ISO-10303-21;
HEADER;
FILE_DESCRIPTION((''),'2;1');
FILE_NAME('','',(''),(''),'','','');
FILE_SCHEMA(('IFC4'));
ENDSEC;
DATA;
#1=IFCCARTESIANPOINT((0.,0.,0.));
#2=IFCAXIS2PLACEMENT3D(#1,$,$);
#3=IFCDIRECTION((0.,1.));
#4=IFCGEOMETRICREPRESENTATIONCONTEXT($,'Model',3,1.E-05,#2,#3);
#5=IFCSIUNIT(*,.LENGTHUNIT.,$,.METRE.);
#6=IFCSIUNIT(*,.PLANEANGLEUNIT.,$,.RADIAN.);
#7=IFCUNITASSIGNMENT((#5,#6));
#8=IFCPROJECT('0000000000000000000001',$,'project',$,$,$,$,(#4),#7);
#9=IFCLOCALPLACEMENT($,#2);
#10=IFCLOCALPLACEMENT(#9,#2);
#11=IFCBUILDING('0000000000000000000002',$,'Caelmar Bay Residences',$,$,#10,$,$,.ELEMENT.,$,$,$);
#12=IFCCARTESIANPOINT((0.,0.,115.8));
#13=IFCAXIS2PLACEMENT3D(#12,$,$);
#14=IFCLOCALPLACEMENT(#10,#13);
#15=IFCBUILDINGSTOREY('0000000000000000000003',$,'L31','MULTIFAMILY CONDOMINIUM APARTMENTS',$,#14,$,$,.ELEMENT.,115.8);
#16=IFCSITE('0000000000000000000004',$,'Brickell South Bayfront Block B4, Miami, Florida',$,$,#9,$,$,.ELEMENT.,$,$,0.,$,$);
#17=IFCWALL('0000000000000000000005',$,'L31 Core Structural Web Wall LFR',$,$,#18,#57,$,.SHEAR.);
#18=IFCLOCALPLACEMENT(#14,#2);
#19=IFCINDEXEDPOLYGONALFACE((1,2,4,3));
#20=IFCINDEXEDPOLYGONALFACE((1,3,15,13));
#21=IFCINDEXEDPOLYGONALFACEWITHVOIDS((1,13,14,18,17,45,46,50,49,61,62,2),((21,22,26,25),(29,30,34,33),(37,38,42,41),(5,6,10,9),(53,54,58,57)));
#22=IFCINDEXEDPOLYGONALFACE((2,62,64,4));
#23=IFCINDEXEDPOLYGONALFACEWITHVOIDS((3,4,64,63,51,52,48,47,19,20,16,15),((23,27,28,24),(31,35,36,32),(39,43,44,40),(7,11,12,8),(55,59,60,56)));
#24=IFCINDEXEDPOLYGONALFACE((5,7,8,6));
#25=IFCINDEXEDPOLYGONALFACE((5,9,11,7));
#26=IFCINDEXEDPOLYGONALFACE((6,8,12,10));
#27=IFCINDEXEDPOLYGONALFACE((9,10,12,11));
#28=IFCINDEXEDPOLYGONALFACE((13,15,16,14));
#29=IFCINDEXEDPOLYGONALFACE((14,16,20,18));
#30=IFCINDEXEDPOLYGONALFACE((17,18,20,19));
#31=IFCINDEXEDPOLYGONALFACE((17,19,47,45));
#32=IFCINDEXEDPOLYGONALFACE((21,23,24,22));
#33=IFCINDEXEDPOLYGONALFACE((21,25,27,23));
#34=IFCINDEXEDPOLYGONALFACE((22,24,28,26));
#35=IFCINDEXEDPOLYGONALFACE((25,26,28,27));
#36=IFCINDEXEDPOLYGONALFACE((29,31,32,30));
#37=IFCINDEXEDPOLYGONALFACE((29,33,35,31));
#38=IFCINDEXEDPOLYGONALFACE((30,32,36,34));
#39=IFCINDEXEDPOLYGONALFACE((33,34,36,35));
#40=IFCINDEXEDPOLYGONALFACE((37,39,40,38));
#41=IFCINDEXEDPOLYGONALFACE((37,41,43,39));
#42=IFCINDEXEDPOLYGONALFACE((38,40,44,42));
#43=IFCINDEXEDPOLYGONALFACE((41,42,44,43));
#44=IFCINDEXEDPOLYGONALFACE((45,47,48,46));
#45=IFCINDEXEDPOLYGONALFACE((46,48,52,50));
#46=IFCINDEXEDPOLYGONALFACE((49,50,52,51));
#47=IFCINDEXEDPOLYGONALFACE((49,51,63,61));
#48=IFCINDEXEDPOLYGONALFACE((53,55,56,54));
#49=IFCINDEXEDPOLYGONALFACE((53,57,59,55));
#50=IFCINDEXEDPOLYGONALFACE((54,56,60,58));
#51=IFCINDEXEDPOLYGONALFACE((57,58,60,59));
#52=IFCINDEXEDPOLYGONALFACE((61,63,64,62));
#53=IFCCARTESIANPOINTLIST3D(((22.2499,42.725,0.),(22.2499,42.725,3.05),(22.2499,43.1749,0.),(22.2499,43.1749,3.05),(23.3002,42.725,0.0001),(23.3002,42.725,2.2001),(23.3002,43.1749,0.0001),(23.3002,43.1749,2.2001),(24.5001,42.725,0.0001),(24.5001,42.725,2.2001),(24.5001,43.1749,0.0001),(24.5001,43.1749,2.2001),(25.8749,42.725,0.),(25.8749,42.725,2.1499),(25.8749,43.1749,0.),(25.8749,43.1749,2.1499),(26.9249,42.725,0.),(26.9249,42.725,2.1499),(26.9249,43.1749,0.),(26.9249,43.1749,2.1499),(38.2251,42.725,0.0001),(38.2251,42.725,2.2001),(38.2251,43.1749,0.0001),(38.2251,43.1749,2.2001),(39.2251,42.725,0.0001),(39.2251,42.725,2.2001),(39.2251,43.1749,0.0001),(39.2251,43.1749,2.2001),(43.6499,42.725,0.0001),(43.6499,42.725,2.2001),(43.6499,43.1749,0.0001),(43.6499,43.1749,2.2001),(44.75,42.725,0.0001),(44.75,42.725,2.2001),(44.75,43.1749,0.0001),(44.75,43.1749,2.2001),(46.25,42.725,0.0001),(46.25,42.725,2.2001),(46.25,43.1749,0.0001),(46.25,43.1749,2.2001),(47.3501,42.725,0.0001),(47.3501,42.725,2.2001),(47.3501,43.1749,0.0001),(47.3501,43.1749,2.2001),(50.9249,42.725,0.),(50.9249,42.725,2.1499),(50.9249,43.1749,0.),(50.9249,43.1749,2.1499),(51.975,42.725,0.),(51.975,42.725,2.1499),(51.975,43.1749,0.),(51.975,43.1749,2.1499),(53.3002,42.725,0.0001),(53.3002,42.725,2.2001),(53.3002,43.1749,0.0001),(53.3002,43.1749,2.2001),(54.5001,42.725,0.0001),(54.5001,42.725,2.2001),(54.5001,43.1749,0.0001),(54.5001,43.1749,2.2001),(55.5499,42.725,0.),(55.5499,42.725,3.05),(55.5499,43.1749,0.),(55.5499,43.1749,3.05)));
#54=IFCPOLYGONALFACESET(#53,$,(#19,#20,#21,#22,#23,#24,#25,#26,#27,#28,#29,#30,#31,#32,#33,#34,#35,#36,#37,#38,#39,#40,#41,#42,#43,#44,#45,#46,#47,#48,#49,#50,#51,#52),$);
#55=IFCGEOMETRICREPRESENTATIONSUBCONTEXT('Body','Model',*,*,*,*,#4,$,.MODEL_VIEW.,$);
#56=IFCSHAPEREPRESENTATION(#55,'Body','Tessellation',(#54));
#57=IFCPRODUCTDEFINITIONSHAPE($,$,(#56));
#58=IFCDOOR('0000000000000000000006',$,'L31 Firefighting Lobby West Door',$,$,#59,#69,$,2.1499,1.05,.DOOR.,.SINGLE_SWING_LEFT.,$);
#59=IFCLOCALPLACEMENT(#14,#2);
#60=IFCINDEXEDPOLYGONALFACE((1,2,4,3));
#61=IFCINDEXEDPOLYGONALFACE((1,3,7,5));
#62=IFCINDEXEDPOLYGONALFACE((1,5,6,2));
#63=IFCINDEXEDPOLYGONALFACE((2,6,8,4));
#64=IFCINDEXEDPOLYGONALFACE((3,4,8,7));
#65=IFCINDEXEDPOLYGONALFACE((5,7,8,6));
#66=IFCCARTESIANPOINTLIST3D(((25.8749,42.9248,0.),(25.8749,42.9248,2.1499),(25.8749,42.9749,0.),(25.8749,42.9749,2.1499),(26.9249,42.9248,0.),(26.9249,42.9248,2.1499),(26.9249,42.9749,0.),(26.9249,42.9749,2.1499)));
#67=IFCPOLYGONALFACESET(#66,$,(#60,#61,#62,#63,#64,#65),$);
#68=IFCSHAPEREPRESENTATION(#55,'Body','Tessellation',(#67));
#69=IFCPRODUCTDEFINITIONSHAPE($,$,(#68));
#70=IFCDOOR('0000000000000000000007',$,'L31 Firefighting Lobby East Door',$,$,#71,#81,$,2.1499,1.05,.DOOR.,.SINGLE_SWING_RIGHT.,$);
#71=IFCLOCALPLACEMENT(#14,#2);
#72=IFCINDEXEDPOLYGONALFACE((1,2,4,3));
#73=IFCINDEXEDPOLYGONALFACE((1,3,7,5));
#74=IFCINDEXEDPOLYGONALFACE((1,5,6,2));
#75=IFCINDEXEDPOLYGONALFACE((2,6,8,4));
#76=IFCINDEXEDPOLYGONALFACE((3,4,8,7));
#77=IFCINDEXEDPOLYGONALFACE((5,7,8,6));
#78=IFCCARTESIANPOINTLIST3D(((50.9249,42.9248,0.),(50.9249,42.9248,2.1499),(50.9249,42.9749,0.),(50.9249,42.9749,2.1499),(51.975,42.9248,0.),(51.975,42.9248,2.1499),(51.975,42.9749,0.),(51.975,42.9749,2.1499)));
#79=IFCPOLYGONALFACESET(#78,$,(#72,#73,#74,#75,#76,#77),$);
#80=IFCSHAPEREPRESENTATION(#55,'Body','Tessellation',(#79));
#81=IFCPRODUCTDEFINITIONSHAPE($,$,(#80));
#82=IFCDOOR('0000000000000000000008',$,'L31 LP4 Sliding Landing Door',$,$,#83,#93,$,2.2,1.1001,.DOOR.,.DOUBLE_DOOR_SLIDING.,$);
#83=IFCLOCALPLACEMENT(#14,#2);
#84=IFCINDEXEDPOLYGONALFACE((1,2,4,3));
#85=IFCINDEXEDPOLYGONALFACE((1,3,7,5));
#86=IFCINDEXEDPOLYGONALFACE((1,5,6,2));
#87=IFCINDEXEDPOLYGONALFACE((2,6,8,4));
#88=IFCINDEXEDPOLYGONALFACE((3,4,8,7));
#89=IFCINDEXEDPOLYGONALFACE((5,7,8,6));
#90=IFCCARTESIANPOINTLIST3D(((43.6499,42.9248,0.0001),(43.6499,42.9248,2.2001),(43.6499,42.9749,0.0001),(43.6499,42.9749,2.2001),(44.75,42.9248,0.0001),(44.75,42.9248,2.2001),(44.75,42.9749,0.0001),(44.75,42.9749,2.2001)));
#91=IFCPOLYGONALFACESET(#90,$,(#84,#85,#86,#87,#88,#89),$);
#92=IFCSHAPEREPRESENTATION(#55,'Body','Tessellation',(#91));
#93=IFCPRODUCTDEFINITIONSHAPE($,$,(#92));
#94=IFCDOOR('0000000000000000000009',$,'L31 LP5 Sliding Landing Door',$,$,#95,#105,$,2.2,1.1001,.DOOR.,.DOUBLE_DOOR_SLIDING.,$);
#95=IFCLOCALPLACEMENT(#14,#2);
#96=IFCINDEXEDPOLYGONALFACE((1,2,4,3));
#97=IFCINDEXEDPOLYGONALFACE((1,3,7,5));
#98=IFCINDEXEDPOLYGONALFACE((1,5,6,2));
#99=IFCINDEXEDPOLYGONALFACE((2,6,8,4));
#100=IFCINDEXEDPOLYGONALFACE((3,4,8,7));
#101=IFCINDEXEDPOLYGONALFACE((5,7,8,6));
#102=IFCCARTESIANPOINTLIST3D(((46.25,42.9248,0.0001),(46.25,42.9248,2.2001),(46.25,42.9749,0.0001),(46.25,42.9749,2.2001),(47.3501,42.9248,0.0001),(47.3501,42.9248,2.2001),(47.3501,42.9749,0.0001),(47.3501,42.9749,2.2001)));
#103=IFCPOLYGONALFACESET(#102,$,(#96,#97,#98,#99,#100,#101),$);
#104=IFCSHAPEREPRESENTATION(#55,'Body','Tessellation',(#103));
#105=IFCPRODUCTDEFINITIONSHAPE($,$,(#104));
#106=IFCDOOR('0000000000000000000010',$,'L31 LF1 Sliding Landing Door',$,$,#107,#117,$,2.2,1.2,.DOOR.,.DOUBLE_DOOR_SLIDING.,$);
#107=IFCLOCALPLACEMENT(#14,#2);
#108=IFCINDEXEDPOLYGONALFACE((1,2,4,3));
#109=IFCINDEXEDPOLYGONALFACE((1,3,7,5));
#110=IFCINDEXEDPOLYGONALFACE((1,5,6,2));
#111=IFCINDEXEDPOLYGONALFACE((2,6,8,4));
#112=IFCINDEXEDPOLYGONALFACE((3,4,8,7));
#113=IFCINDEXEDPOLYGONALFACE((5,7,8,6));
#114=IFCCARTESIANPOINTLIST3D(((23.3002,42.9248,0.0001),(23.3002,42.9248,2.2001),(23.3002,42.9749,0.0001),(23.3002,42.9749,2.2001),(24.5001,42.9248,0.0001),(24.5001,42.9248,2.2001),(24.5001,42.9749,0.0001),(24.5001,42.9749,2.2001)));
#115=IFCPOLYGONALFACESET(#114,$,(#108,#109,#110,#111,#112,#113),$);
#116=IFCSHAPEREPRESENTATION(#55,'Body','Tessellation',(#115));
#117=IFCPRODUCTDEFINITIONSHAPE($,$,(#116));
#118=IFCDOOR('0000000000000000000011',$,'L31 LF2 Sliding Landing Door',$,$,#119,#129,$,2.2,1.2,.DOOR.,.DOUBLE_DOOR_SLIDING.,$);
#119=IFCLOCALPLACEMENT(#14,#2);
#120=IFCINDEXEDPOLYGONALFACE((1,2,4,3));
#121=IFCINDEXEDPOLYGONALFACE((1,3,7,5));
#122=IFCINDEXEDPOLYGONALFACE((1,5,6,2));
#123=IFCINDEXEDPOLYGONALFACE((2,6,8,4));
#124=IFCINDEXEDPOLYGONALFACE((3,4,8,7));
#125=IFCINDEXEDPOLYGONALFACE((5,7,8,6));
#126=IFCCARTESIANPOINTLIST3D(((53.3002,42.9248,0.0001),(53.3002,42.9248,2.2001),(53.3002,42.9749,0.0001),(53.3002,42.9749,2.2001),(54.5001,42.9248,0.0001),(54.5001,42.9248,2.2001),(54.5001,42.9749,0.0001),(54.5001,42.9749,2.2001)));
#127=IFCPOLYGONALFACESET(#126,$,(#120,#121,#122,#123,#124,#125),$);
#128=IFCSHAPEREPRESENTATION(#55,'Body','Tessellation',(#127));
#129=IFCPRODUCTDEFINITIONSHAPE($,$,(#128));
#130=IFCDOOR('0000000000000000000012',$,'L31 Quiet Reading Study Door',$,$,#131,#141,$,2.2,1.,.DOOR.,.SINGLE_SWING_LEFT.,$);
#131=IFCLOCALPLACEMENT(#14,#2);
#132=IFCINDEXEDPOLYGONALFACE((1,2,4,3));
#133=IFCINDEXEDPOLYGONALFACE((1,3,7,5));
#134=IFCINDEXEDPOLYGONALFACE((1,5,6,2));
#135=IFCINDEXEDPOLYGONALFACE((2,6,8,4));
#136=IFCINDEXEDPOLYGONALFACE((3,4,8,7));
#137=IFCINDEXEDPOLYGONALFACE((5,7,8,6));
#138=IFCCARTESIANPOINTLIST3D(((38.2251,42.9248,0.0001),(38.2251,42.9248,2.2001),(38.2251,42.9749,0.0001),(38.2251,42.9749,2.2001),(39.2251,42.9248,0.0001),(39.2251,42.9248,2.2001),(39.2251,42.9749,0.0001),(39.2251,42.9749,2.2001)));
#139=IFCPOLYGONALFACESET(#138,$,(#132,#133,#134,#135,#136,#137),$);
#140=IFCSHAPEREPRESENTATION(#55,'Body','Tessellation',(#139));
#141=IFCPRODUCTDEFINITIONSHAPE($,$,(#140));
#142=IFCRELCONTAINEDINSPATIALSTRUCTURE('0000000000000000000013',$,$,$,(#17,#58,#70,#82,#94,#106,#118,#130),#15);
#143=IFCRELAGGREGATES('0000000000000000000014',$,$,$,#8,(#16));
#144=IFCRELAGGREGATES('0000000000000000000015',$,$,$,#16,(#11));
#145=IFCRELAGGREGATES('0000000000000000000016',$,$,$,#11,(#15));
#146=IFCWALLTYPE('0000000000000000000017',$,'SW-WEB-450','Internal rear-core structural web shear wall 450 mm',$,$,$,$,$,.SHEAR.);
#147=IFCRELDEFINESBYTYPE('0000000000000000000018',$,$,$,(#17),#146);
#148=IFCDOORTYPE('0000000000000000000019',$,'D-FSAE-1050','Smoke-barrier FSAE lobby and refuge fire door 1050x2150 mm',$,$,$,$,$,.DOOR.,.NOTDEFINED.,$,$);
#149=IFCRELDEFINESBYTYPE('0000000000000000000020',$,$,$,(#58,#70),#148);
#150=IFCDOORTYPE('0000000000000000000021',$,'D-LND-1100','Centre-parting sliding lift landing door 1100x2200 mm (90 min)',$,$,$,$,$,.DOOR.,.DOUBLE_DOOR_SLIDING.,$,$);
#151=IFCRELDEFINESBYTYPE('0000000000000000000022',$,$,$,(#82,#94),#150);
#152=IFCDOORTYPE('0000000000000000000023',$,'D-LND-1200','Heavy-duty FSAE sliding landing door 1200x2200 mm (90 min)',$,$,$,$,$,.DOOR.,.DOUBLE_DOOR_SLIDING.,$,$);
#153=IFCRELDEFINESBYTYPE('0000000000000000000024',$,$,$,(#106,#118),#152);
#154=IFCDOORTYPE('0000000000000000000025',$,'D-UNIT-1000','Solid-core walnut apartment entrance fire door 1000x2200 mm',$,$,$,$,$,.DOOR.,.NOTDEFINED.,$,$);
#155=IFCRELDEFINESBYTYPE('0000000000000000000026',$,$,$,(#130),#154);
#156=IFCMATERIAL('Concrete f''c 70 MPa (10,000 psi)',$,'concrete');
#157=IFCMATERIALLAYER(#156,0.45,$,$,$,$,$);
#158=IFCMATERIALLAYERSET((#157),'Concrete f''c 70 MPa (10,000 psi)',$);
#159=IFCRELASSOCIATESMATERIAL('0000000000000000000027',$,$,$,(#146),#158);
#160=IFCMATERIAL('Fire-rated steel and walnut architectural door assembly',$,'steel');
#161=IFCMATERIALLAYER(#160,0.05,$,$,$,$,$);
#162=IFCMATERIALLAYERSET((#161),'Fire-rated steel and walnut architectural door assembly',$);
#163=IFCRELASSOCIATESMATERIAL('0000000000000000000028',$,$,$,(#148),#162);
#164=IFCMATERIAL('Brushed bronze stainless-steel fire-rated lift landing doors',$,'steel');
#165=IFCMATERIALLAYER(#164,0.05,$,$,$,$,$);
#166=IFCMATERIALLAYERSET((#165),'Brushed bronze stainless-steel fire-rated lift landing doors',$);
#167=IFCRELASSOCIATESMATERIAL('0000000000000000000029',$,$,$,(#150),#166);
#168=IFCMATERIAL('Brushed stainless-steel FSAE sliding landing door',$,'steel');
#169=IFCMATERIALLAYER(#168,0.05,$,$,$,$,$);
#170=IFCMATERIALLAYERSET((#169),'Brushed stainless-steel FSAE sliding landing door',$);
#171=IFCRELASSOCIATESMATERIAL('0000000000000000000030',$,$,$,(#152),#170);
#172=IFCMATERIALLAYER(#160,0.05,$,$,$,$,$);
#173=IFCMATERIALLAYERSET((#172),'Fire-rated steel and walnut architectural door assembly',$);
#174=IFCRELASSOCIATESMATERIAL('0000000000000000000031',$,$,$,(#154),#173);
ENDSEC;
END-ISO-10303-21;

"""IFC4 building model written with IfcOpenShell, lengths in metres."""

from ifc_helpers import new_model, si_unit, direction, frame, frame_2d, origin, place, context, subcontext, project, spatial, rectangle, extrude, material, layer, layer_set, type_object, element, fill, save


model = new_model("IFC4")

# Units and contexts
model_context = context("Model", 3, precision=1e-05, world=origin(), true_north=direction((0.0, 1.0)))
body_context = subcontext(model_context, "Body", "Model", "MODEL_VIEW")
ifc_project = project(units=[si_unit("LENGTHUNIT", "METRE"), si_unit("PLANEANGLEUNIT", "RADIAN")], contexts=[model_context])

# Site, building, storey
site_placement = place(None, origin())
site = spatial("IfcSite", under=ifc_project, at=site_placement, Name="Brickell South Bayfront Block B4, Miami, Florida", CompositionType="ELEMENT", RefElevation=0.0)
building_placement = place(site_placement, origin())
building = spatial("IfcBuilding", under=site, at=building_placement, Name="Caelmar Bay Residences", CompositionType="ELEMENT")
storey_placement = place(building_placement, frame((0.0, 0.0, 115.8)))
storey = spatial("IfcBuildingStorey", under=building, at=storey_placement, Name="L31", Description="MULTIFAMILY CONDOMINIUM APARTMENTS", CompositionType="ELEMENT", Elevation=115.8)

# Wall, openings, doors
ifc_material_1 = material(Name="Concrete f'c 70 MPa (10,000 psi)", Category="concrete")
ifc_layer_1 = layer(ifc_material_1, 0.45)
ifc_layer_set_1 = layer_set([ifc_layer_1], Name="Concrete f'c 70 MPa (10,000 psi)")
wall_type_1 = type_object("IfcWallType", Name="SW-WEB-450", Description="Internal rear-core structural web shear wall 450 mm", PredefinedType="SHEAR", material=ifc_layer_set_1)
wall_1_placement = place(storey_placement, frame((22.25, 42.95, 0.0), z_axis=(0.0, 0.0, 1.0), x_axis=(1.0, 0.0, 0.0)))
wall_1 = element("IfcWall", 1, at=wall_1_placement, inside=storey, type_object=wall_type_1, Name="L31 Core Structural Web Wall LFR", PredefinedType="SHEAR", context=body_context, shape_type="SweptSolid", body=[
    extrude(rectangle(XDim=33.3, YDim=0.45, at=frame_2d((16.6499, 0.0))), origin(), (0.0, 0.0, 1.0), 3.05),
])
opening_1_placement = place(wall_1_placement, frame((1.05, 0.0, 0.0)))
opening_1 = element("IfcOpeningElement", 2, at=opening_1_placement, cuts=wall_1, PredefinedType="OPENING", context=body_context, shape_type="SweptSolid", body=[
    extrude(rectangle(XDim=1.2, YDim=2.2, at=frame_2d((0.6001, 1.1001))), frame((0.0, 0.2349, 0.0), z_axis=(0.0, -1.0, 0.0), x_axis=(1.0, 0.0, 0.0)), (0.0, 0.0, 1.0), 0.47),
])
opening_2_placement = place(wall_1_placement, frame((31.05, 0.0, 0.0)))
opening_2 = element("IfcOpeningElement", 3, at=opening_2_placement, cuts=wall_1, PredefinedType="OPENING", context=body_context, shape_type="SweptSolid", body=[
    extrude(rectangle(XDim=1.2, YDim=2.2, at=frame_2d((0.6001, 1.1001))), frame((0.0, 0.2349, 0.0), z_axis=(0.0, -1.0, 0.0), x_axis=(1.0, 0.0, 0.0)), (0.0, 0.0, 1.0), 0.47),
])
opening_3_placement = place(wall_1_placement, frame((21.3999, 0.0, 0.0)))
opening_3 = element("IfcOpeningElement", 4, at=opening_3_placement, cuts=wall_1, PredefinedType="OPENING", context=body_context, shape_type="SweptSolid", body=[
    extrude(rectangle(XDim=1.1001, YDim=2.2, at=frame_2d((0.55, 1.1001))), frame((0.0, 0.2349, 0.0), z_axis=(0.0, -1.0, 0.0), x_axis=(1.0, 0.0, 0.0)), (0.0, 0.0, 1.0), 0.47),
])
opening_4_placement = place(wall_1_placement, frame((24.0, 0.0, 0.0)))
opening_4 = element("IfcOpeningElement", 5, at=opening_4_placement, cuts=wall_1, PredefinedType="OPENING", context=body_context, shape_type="SweptSolid", body=[
    extrude(rectangle(XDim=1.1001, YDim=2.2, at=frame_2d((0.55, 1.1001))), frame((0.0, 0.2349, 0.0), z_axis=(0.0, -1.0, 0.0), x_axis=(1.0, 0.0, 0.0)), (0.0, 0.0, 1.0), 0.47),
])
opening_5_placement = place(wall_1_placement, frame((3.625, 0.0, 0.0)))
opening_5 = element("IfcOpeningElement", 6, at=opening_5_placement, cuts=wall_1, PredefinedType="OPENING", context=body_context, shape_type="SweptSolid", body=[
    extrude(rectangle(XDim=1.05, YDim=2.1499, at=frame_2d((0.5249, 1.075))), frame((0.0, 0.2349, 0.0), z_axis=(0.0, -1.0, 0.0), x_axis=(1.0, 0.0, 0.0)), (0.0, 0.0, 1.0), 0.47),
])
opening_6_placement = place(wall_1_placement, frame((28.675, 0.0, 0.0)))
opening_6 = element("IfcOpeningElement", 7, at=opening_6_placement, cuts=wall_1, PredefinedType="OPENING", context=body_context, shape_type="SweptSolid", body=[
    extrude(rectangle(XDim=1.05, YDim=2.1499, at=frame_2d((0.5249, 1.075))), frame((0.0, 0.2349, 0.0), z_axis=(0.0, -1.0, 0.0), x_axis=(1.0, 0.0, 0.0)), (0.0, 0.0, 1.0), 0.47),
])
opening_7_placement = place(wall_1_placement, frame((15.9751, 0.0, 0.0)))
opening_7 = element("IfcOpeningElement", 8, at=opening_7_placement, cuts=wall_1, PredefinedType="OPENING", context=body_context, shape_type="SweptSolid", body=[
    extrude(rectangle(XDim=1.0, YDim=2.2, at=frame_2d((0.5, 1.1001))), frame((0.0, 0.2349, 0.0), z_axis=(0.0, -1.0, 0.0), x_axis=(1.0, 0.0, 0.0)), (0.0, 0.0, 1.0), 0.47),
])
ifc_material_2 = material(Name="Fire-rated steel and walnut architectural door assembly", Category="steel")
ifc_layer_2 = layer(ifc_material_2, 0.05)
ifc_layer_set_2 = layer_set([ifc_layer_2], Name="Fire-rated steel and walnut architectural door assembly")
door_type_1 = type_object("IfcDoorType", Name="D-FSAE-1050", Description="Smoke-barrier FSAE lobby and refuge fire door 1050x2150 mm", OperationType="NOTDEFINED", PredefinedType="DOOR", material=ifc_layer_set_2)
door_1_placement = place(opening_5_placement, origin())
door_1 = element("IfcDoor", 9, at=door_1_placement, inside=storey, type_object=door_type_1, Name="L31 Firefighting Lobby West Door", OperationType="SINGLE_SWING_LEFT", OverallHeight=2.1499, OverallWidth=1.05, PredefinedType="DOOR", context=body_context, shape_type="SweptSolid", body=[
    extrude(rectangle(XDim=1.05, YDim=2.1499, at=frame_2d((0.5249, 1.075))), frame((0.0, 0.0249, 0.0), z_axis=(0.0, -1.0, 0.0), x_axis=(1.0, 0.0, 0.0)), (0.0, 0.0, 1.0), 0.05),
])
fill(opening_5, door_1)
door_2_placement = place(opening_6_placement, origin())
door_2 = element("IfcDoor", 10, at=door_2_placement, inside=storey, type_object=door_type_1, Name="L31 Firefighting Lobby East Door", OperationType="SINGLE_SWING_RIGHT", OverallHeight=2.1499, OverallWidth=1.05, PredefinedType="DOOR", context=body_context, shape_type="SweptSolid", body=[
    extrude(rectangle(XDim=1.05, YDim=2.1499, at=frame_2d((0.5249, 1.075))), frame((0.0, 0.0249, 0.0), z_axis=(0.0, -1.0, 0.0), x_axis=(1.0, 0.0, 0.0)), (0.0, 0.0, 1.0), 0.05),
])
fill(opening_6, door_2)
ifc_material_3 = material(Name="Brushed bronze stainless-steel fire-rated lift landing doors", Category="steel")
ifc_layer_3 = layer(ifc_material_3, 0.05)
ifc_layer_set_3 = layer_set([ifc_layer_3], Name="Brushed bronze stainless-steel fire-rated lift landing doors")
door_type_2 = type_object("IfcDoorType", Name="D-LND-1100", Description="Centre-parting sliding lift landing door 1100x2200 mm (90 min)", OperationType="DOUBLE_DOOR_SLIDING", PredefinedType="DOOR", material=ifc_layer_set_3)
door_3_placement = place(opening_3_placement, origin())
door_3 = element("IfcDoor", 11, at=door_3_placement, inside=storey, type_object=door_type_2, Name="L31 LP4 Sliding Landing Door", OperationType="DOUBLE_DOOR_SLIDING", OverallHeight=2.2, OverallWidth=1.1001, PredefinedType="DOOR", context=body_context, shape_type="SweptSolid", body=[
    extrude(rectangle(XDim=1.1001, YDim=2.2, at=frame_2d((0.55, 1.1001))), frame((0.0, 0.0249, 0.0), z_axis=(0.0, -1.0, 0.0), x_axis=(1.0, 0.0, 0.0)), (0.0, 0.0, 1.0), 0.05),
])
fill(opening_3, door_3)
door_4_placement = place(opening_4_placement, origin())
door_4 = element("IfcDoor", 12, at=door_4_placement, inside=storey, type_object=door_type_2, Name="L31 LP5 Sliding Landing Door", OperationType="DOUBLE_DOOR_SLIDING", OverallHeight=2.2, OverallWidth=1.1001, PredefinedType="DOOR", context=body_context, shape_type="SweptSolid", body=[
    extrude(rectangle(XDim=1.1001, YDim=2.2, at=frame_2d((0.55, 1.1001))), frame((0.0, 0.0249, 0.0), z_axis=(0.0, -1.0, 0.0), x_axis=(1.0, 0.0, 0.0)), (0.0, 0.0, 1.0), 0.05),
])
fill(opening_4, door_4)
ifc_material_4 = material(Name="Brushed stainless-steel FSAE sliding landing door", Category="steel")
ifc_layer_4 = layer(ifc_material_4, 0.05)
ifc_layer_set_4 = layer_set([ifc_layer_4], Name="Brushed stainless-steel FSAE sliding landing door")
door_type_3 = type_object("IfcDoorType", Name="D-LND-1200", Description="Heavy-duty FSAE sliding landing door 1200x2200 mm (90 min)", OperationType="DOUBLE_DOOR_SLIDING", PredefinedType="DOOR", material=ifc_layer_set_4)
door_5_placement = place(opening_1_placement, origin())
door_5 = element("IfcDoor", 13, at=door_5_placement, inside=storey, type_object=door_type_3, Name="L31 LF1 Sliding Landing Door", OperationType="DOUBLE_DOOR_SLIDING", OverallHeight=2.2, OverallWidth=1.2, PredefinedType="DOOR", context=body_context, shape_type="SweptSolid", body=[
    extrude(rectangle(XDim=1.2, YDim=2.2, at=frame_2d((0.6001, 1.1001))), frame((0.0, 0.0249, 0.0), z_axis=(0.0, -1.0, 0.0), x_axis=(1.0, 0.0, 0.0)), (0.0, 0.0, 1.0), 0.05),
])
fill(opening_1, door_5)
door_6_placement = place(opening_2_placement, origin())
door_6 = element("IfcDoor", 14, at=door_6_placement, inside=storey, type_object=door_type_3, Name="L31 LF2 Sliding Landing Door", OperationType="DOUBLE_DOOR_SLIDING", OverallHeight=2.2, OverallWidth=1.2, PredefinedType="DOOR", context=body_context, shape_type="SweptSolid", body=[
    extrude(rectangle(XDim=1.2, YDim=2.2, at=frame_2d((0.6001, 1.1001))), frame((0.0, 0.0249, 0.0), z_axis=(0.0, -1.0, 0.0), x_axis=(1.0, 0.0, 0.0)), (0.0, 0.0, 1.0), 0.05),
])
fill(opening_2, door_6)
ifc_layer_5 = layer(ifc_material_2, 0.05)
ifc_layer_set_5 = layer_set([ifc_layer_5], Name="Fire-rated steel and walnut architectural door assembly")
door_type_4 = type_object("IfcDoorType", Name="D-UNIT-1000", Description="Solid-core walnut apartment entrance fire door 1000x2200 mm", OperationType="NOTDEFINED", PredefinedType="DOOR", material=ifc_layer_set_5)
door_7_placement = place(opening_7_placement, origin())
door_7 = element("IfcDoor", 15, at=door_7_placement, inside=storey, type_object=door_type_4, Name="L31 Quiet Reading Study Door", OperationType="SINGLE_SWING_LEFT", OverallHeight=2.2, OverallWidth=1.0, PredefinedType="DOOR", context=body_context, shape_type="SweptSolid", body=[
    extrude(rectangle(XDim=1.0, YDim=2.2, at=frame_2d((0.5, 1.1001))), frame((0.0, 0.0249, 0.0), z_axis=(0.0, -1.0, 0.0), x_axis=(1.0, 0.0, 0.0)), (0.0, 0.0, 1.0), 0.05),
])
fill(opening_7, door_7)

save(model, "model.ifc")
